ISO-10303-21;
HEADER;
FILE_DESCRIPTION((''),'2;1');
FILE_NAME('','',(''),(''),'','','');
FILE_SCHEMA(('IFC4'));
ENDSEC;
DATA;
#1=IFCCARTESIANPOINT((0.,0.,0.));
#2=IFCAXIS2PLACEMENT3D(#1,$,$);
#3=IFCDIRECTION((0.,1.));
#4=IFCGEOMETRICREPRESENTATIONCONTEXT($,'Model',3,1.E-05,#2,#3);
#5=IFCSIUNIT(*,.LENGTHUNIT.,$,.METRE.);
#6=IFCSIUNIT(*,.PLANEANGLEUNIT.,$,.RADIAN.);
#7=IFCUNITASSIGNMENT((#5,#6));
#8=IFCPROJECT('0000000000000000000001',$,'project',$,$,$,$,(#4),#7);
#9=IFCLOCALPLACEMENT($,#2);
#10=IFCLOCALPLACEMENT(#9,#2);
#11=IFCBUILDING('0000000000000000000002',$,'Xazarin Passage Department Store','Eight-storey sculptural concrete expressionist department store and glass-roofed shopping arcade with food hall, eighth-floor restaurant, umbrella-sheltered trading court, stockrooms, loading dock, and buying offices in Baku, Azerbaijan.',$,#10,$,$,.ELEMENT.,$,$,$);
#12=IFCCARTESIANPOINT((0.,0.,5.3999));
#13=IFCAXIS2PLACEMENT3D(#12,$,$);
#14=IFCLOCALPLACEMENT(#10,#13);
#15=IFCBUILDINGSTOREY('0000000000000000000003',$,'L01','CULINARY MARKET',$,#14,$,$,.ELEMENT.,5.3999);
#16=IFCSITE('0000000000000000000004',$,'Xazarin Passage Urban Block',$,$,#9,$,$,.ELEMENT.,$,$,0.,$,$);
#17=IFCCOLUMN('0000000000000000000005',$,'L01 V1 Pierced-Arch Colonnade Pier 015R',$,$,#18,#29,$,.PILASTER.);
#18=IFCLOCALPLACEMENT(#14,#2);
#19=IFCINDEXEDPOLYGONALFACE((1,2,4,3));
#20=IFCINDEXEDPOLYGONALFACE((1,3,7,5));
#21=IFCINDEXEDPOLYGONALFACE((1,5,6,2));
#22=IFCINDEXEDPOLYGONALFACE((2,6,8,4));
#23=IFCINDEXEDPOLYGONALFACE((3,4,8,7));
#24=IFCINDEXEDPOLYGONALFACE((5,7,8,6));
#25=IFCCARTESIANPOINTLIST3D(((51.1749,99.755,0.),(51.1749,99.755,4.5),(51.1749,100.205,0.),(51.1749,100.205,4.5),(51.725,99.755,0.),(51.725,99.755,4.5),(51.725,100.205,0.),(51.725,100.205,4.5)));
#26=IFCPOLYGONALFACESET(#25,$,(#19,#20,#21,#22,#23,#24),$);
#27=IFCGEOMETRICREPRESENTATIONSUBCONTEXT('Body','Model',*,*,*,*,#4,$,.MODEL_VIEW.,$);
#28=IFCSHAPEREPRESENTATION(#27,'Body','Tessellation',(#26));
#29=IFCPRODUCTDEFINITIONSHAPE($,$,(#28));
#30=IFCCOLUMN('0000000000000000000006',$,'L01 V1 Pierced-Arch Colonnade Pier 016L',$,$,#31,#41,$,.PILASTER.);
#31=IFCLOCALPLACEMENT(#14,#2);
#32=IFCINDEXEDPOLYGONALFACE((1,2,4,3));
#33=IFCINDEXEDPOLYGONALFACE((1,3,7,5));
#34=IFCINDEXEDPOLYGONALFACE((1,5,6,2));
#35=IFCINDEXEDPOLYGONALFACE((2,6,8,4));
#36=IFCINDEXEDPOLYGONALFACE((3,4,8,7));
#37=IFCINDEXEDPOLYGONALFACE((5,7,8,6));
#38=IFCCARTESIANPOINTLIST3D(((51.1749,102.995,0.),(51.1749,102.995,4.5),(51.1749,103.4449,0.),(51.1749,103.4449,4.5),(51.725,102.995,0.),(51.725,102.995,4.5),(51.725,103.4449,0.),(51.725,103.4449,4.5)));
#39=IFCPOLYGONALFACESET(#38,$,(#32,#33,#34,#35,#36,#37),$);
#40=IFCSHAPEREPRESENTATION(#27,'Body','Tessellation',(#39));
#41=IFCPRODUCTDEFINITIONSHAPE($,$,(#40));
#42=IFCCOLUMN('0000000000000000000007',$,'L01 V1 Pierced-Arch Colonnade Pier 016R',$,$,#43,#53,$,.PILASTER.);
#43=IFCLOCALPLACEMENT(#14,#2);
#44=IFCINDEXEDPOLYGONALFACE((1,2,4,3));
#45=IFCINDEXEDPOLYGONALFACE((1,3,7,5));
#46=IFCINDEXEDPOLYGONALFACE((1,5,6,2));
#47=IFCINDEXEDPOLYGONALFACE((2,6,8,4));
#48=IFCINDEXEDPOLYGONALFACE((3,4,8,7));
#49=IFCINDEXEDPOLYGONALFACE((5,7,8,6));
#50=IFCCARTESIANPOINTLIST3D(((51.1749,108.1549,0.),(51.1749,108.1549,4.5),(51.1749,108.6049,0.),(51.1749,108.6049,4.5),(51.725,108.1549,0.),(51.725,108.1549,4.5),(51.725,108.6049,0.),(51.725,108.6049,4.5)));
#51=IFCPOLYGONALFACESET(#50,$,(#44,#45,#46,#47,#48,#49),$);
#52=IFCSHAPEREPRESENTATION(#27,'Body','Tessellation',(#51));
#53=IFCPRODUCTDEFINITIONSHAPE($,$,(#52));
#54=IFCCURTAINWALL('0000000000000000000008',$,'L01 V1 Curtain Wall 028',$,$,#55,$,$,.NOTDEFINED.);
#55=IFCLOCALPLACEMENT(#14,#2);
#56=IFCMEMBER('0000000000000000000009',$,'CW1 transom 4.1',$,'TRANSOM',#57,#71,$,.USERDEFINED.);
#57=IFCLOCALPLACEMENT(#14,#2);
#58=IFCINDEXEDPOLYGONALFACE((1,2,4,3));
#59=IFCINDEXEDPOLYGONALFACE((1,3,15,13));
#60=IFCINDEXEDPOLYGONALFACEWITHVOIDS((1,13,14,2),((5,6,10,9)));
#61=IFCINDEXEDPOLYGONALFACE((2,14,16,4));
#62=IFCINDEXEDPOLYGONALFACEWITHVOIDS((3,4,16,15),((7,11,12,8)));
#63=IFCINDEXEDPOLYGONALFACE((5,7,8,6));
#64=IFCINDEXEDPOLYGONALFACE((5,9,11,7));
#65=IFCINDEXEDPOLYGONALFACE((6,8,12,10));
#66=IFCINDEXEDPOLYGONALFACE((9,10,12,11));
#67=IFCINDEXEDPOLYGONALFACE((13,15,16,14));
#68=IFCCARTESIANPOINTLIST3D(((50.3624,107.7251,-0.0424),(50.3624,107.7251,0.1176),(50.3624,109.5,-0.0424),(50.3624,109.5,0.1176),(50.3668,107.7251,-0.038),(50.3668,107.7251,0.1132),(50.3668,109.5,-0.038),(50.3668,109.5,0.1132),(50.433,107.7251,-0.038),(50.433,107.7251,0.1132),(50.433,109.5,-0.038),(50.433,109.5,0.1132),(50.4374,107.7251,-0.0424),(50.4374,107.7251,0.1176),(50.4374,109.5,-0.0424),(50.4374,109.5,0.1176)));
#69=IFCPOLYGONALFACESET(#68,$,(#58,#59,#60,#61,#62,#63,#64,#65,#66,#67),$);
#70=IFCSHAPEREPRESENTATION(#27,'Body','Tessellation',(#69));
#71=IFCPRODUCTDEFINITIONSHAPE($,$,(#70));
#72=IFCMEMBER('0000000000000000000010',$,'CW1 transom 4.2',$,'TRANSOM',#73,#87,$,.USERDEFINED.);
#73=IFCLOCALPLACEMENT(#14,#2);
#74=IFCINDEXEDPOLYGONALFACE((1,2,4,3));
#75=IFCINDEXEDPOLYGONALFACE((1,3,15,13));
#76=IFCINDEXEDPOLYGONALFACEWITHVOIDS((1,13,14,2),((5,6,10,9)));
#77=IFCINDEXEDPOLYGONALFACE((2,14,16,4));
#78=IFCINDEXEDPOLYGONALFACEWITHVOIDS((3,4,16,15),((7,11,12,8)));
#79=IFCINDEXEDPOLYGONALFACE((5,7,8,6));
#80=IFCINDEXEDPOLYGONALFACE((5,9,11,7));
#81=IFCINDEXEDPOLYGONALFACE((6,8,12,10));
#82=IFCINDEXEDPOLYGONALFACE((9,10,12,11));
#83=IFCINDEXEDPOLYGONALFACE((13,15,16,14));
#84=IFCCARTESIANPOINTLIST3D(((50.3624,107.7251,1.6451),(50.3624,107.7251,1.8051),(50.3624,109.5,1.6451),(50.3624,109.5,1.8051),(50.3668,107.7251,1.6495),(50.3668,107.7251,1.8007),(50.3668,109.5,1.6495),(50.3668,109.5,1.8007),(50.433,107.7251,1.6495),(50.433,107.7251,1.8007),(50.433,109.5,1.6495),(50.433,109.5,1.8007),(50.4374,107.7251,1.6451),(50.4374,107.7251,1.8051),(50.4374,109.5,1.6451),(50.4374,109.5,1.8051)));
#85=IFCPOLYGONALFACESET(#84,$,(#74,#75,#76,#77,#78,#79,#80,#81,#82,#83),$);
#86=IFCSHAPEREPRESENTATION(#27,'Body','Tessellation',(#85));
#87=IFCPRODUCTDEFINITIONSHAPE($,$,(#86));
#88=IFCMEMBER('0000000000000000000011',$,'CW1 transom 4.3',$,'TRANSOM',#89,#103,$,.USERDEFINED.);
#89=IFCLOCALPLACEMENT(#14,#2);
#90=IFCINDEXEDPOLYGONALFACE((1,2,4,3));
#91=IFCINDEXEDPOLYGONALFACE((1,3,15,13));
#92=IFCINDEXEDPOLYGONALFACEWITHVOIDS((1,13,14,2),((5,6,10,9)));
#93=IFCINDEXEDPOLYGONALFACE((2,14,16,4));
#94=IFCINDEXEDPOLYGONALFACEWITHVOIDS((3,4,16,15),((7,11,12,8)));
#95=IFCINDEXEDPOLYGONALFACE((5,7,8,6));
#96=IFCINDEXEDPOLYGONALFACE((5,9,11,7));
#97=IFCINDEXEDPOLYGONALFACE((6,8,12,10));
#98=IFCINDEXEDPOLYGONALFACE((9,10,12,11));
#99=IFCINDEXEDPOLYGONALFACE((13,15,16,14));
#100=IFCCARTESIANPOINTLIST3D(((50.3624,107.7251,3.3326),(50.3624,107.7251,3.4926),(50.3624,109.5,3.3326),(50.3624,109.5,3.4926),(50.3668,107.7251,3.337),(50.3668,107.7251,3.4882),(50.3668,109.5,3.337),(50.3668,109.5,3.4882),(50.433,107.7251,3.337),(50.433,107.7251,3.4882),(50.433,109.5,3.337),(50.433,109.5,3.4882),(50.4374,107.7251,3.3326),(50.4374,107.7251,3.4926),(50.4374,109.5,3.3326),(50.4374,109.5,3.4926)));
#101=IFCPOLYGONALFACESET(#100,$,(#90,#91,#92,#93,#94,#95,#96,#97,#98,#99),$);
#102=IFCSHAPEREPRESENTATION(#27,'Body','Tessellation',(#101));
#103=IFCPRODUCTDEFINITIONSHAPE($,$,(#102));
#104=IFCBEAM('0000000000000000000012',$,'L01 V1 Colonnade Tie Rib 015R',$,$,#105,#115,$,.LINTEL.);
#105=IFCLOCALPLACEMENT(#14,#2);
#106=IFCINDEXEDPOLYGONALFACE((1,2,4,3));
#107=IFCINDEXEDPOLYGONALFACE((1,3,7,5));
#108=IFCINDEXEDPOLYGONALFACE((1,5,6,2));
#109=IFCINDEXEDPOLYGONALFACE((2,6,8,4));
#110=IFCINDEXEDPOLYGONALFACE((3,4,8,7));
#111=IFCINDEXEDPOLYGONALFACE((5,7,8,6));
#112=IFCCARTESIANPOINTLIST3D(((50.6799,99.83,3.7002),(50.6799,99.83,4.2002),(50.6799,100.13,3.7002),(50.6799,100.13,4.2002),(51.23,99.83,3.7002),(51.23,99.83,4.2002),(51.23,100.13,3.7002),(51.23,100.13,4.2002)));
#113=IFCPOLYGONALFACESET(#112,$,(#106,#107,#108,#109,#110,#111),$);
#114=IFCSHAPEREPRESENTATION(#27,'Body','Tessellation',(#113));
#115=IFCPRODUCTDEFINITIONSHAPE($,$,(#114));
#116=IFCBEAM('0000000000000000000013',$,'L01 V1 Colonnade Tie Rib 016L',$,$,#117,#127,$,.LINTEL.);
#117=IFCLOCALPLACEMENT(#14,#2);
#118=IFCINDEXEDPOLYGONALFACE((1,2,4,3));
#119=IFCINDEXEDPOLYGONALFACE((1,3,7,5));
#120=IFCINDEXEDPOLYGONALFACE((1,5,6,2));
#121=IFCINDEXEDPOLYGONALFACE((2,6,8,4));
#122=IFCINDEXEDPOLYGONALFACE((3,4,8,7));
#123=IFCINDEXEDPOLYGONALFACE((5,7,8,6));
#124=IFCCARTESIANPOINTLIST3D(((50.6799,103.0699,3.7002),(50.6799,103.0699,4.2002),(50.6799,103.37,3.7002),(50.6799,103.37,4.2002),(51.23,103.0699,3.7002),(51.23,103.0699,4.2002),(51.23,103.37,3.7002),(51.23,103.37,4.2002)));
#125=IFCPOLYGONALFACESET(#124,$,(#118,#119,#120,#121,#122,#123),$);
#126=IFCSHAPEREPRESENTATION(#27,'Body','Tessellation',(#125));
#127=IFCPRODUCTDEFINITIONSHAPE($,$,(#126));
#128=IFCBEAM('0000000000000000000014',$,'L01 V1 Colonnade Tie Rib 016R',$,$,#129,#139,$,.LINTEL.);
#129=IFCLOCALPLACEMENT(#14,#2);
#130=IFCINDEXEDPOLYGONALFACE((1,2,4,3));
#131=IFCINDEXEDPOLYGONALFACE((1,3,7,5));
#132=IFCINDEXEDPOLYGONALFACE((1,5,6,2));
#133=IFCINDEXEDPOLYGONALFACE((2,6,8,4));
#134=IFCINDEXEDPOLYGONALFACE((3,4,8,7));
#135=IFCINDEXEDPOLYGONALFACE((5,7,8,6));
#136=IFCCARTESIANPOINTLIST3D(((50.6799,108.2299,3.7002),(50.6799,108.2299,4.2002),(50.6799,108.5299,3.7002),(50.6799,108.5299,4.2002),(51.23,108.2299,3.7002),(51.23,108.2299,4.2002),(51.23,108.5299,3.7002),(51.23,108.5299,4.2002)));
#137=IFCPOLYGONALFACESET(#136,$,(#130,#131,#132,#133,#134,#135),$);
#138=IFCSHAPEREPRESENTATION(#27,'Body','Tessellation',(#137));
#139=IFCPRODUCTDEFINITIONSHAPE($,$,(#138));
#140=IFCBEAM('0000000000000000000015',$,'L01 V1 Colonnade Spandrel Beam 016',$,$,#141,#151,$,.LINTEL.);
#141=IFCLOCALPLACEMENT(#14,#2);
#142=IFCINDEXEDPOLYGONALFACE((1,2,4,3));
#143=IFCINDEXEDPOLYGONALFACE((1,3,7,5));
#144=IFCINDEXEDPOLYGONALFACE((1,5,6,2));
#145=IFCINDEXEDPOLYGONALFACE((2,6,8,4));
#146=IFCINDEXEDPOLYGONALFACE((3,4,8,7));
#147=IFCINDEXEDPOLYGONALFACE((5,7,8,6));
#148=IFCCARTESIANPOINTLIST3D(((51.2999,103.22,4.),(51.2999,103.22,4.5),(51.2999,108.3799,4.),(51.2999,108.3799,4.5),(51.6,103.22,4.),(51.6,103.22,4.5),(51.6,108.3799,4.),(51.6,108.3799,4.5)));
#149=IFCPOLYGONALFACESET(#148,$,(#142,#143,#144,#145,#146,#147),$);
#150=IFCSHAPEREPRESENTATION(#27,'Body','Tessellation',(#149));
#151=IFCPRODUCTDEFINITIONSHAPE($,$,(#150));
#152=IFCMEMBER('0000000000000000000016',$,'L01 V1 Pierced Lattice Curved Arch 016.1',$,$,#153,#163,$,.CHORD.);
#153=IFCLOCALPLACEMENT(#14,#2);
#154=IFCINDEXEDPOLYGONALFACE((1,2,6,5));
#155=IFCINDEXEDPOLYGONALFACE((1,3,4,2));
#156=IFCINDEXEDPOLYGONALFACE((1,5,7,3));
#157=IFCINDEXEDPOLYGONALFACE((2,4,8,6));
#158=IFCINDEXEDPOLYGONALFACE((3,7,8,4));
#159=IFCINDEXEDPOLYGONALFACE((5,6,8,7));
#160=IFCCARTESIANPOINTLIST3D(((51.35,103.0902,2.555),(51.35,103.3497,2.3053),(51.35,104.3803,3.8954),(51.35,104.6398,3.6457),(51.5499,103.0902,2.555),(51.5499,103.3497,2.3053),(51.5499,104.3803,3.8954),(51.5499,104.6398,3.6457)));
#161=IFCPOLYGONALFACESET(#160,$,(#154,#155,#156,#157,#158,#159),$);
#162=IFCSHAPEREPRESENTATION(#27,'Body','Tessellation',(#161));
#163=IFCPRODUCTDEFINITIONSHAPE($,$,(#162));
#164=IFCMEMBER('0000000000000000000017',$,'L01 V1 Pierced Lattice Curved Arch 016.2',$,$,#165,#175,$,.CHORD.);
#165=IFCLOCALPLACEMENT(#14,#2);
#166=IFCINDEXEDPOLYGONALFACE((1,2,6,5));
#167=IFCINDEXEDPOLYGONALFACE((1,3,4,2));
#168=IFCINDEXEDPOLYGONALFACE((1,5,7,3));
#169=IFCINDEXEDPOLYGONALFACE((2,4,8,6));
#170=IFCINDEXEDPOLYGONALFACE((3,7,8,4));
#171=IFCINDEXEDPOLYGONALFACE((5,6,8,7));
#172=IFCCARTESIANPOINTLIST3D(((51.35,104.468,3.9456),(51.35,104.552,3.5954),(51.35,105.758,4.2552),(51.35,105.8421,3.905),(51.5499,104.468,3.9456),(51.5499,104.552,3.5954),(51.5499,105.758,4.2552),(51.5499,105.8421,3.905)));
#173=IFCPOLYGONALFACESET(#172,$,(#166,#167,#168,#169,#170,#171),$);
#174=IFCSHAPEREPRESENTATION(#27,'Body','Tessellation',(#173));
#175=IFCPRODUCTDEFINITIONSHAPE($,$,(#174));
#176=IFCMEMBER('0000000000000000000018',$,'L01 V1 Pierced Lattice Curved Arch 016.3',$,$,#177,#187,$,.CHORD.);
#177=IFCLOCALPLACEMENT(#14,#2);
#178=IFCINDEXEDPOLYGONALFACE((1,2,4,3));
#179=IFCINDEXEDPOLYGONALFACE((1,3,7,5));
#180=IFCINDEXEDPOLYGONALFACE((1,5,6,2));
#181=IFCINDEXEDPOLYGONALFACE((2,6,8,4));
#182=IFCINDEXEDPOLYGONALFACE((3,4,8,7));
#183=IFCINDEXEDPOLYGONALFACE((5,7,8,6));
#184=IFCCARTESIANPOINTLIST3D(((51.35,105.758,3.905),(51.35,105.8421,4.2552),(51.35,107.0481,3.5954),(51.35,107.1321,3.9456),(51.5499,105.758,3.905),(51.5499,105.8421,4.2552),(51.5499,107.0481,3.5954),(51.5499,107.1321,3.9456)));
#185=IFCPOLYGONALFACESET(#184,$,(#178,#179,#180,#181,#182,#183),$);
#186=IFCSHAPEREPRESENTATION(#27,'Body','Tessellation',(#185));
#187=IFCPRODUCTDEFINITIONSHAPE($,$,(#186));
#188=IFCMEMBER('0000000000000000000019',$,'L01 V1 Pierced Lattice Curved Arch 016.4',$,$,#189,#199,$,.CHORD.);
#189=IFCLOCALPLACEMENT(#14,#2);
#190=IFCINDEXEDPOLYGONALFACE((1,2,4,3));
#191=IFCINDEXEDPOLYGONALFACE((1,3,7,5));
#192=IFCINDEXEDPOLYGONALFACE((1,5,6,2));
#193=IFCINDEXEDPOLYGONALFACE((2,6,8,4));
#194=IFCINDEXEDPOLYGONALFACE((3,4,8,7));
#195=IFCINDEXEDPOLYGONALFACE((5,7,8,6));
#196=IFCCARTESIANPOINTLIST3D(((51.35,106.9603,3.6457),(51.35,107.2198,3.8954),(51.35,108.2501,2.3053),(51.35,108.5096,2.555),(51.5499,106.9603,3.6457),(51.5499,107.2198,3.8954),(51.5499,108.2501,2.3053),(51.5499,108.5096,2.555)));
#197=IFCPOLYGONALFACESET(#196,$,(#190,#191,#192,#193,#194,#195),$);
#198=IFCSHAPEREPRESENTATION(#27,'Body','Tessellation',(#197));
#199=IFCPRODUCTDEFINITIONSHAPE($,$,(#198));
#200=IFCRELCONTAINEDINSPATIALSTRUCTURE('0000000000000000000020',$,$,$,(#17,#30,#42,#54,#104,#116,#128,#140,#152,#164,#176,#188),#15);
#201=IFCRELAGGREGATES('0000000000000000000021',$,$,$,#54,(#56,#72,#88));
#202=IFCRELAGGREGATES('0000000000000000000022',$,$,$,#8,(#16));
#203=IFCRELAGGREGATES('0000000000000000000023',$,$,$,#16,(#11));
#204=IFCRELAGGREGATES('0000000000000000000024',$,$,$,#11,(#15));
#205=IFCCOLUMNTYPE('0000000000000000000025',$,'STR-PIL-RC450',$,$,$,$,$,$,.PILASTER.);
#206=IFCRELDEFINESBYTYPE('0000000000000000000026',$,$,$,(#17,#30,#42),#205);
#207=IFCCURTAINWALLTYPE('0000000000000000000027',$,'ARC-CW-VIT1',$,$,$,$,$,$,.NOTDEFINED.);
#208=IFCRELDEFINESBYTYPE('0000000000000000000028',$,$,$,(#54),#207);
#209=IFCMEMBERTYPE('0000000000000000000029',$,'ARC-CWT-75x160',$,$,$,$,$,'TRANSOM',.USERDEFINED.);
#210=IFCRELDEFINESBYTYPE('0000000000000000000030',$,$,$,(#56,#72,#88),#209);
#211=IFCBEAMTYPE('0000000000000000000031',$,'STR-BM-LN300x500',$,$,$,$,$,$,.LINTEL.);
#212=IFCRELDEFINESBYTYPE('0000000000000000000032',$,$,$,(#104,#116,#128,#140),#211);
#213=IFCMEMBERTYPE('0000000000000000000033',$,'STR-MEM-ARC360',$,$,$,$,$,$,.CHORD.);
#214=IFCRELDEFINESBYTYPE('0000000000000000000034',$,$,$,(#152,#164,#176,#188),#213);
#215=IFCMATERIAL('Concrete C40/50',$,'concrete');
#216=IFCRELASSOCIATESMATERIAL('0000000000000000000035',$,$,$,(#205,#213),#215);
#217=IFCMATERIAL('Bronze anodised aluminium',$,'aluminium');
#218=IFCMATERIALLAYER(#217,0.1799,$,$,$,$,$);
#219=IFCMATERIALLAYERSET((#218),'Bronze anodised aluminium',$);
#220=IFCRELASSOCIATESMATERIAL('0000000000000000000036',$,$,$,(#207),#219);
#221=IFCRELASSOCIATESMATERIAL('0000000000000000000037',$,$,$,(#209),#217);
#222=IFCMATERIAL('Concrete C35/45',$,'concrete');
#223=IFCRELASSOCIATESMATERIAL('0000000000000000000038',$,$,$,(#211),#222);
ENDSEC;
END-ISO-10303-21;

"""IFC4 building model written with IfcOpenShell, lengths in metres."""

from ifc_helpers import new_model, si_unit, direction, frame, origin, origin_2d, place, context, subcontext, project, spatial, rectangle, hollow_rectangle, extrude, material, layer, layer_set, material_profile, profile_set, type_object, element, aggregate, save


model = new_model("IFC4")

# Units and contexts
model_context = context("Model", 3, precision=1e-05, world=origin(), true_north=direction((0.0, 1.0)))
body_context = subcontext(model_context, "Body", "Model", "MODEL_VIEW")
ifc_project = project(units=[si_unit("LENGTHUNIT", "METRE"), si_unit("PLANEANGLEUNIT", "RADIAN")], contexts=[model_context])

# Site, building, storey
site_placement = place(None, origin())
site = spatial("IfcSite", under=ifc_project, at=site_placement, Name="Xazarin Passage Urban Block", CompositionType="ELEMENT", RefElevation=0.0)
building_placement = place(site_placement, origin())
building = spatial("IfcBuilding", under=site, at=building_placement, Name="Xazarin Passage Department Store", Description="Eight-storey sculptural concrete expressionist department store and glass-roofed shopping arcade with food hall, eighth-floor restaurant, umbrella-sheltered trading court, stockrooms, loading dock, and buying offices in Baku, Azerbaijan.", CompositionType="ELEMENT")
storey_placement = place(building_placement, frame((0.0, 0.0, 5.3999)))
storey = spatial("IfcBuildingStorey", under=building, at=storey_placement, Name="L01", Description="CULINARY MARKET", CompositionType="ELEMENT", Elevation=5.3999)

# Columns
ifc_material_1 = material(Name="Concrete C40/50", Category="concrete")
ifc_material_profile_1 = material_profile(ifc_material_1, rectangle(XDim=0.45, YDim=0.55, at=origin_2d()), Name="RC 450x550")
ifc_profile_set_1 = profile_set([ifc_material_profile_1], Name="Concrete C40/50")
column_type = type_object("IfcColumnType", Name="STR-PIL-RC450", PredefinedType="PILASTER", material=ifc_profile_set_1)
for number, where, z_axis, x_axis, name in (
    (1, (51.45, 99.98, 0.0), (0.0, 0.0, 1.0), (0.0, 1.0, 0.0), "L01 V1 Pierced-Arch Colonnade Pier 015R"),
    (2, (51.45, 103.22, 0.0), (0.0, 0.0, 1.0), (0.0, 1.0, 0.0), "L01 V1 Pierced-Arch Colonnade Pier 016L"),
    (3, (51.45, 108.3799, 0.0), (0.0, 0.0, 1.0), (0.0, 1.0, 0.0), "L01 V1 Pierced-Arch Colonnade Pier 016R"),
):
    element("IfcColumn", number, at=place(storey_placement, frame(where, z_axis=z_axis, x_axis=x_axis)), inside=storey, type_object=column_type, Name=name, PredefinedType="PILASTER", context=body_context, shape_type="SweptSolid", body=[
        extrude(rectangle(XDim=0.45, YDim=0.55, at=origin_2d()), origin(), (0.0, 0.0, 1.0), 4.5),
    ])

# Curtain wall, members
ifc_material_2 = material(Name="Bronze anodised aluminium", Category="aluminium")
ifc_layer_1 = layer(ifc_material_2, 0.1799)
ifc_layer_set_1 = layer_set([ifc_layer_1], Name="Bronze anodised aluminium")
curtain_wall_type = type_object("IfcCurtainWallType", Name="ARC-CW-VIT1", PredefinedType="NOTDEFINED", material=ifc_layer_set_1)
curtain_wall_placement = place(storey_placement, origin())
curtain_wall = element("IfcCurtainWall", 4, at=curtain_wall_placement, inside=storey, type_object=curtain_wall_type, Name="L01 V1 Curtain Wall 028", PredefinedType="NOTDEFINED")
ifc_material_profile_2 = material_profile(ifc_material_2, hollow_rectangle(XDim=0.075, YDim=0.1599, WallThickness=0.0044, at=origin_2d()), Name="ALU 75x160")
ifc_profile_set_2 = profile_set([ifc_material_profile_2], Name="Bronze anodised aluminium")
member_type_1 = type_object("IfcMemberType", Name="ARC-CWT-75x160", ElementType="TRANSOM", PredefinedType="USERDEFINED", material=ifc_profile_set_2)
member_1_placement = place(storey_placement, frame((50.3999, 107.7251, 0.0376), z_axis=(0.0, 1.0, 0.0), x_axis=(-1.0, 0.0, 0.0)))
member_1 = element("IfcMember", 5, at=member_1_placement, type_object=member_type_1, Name="CW1 transom 4.1", ObjectType="TRANSOM", PredefinedType="USERDEFINED", context=body_context, shape_type="SweptSolid", body=[
    extrude(hollow_rectangle(XDim=0.075, YDim=0.1599, WallThickness=0.0044, at=origin_2d()), origin(), (0.0, 0.0, 1.0), 1.7749),
])
member_2_placement = place(storey_placement, frame((50.3999, 107.7251, 1.7251), z_axis=(0.0, 1.0, 0.0), x_axis=(-1.0, 0.0, 0.0)))
member_2 = element("IfcMember", 6, at=member_2_placement, type_object=member_type_1, Name="CW1 transom 4.2", ObjectType="TRANSOM", PredefinedType="USERDEFINED", context=body_context, shape_type="SweptSolid", body=[
    extrude(hollow_rectangle(XDim=0.075, YDim=0.1599, WallThickness=0.0044, at=origin_2d()), origin(), (0.0, 0.0, 1.0), 1.7749),
])
member_3_placement = place(storey_placement, frame((50.3999, 107.7251, 3.4126), z_axis=(0.0, 1.0, 0.0), x_axis=(-1.0, 0.0, 0.0)))
member_3 = element("IfcMember", 7, at=member_3_placement, type_object=member_type_1, Name="CW1 transom 4.3", ObjectType="TRANSOM", PredefinedType="USERDEFINED", context=body_context, shape_type="SweptSolid", body=[
    extrude(hollow_rectangle(XDim=0.075, YDim=0.1599, WallThickness=0.0044, at=origin_2d()), origin(), (0.0, 0.0, 1.0), 1.7749),
])

# Beams
ifc_material_3 = material(Name="Concrete C35/45", Category="concrete")
ifc_material_profile_3 = material_profile(ifc_material_3, rectangle(XDim=0.3, YDim=0.5, at=origin_2d()), Name="RC 300x500")
ifc_profile_set_3 = profile_set([ifc_material_profile_3], Name="Concrete C35/45")
beam_type = type_object("IfcBeamType", Name="STR-BM-LN300x500", PredefinedType="LINTEL", material=ifc_profile_set_3)
for number, where, z_axis, x_axis, name in (
    (8, (50.6799, 99.98, 3.9502), (1.0, 0.0, 0.0), (0.0, 1.0, 0.0), "L01 V1 Colonnade Tie Rib 015R"),
    (9, (50.6799, 103.22, 3.9502), (1.0, 0.0, 0.0), (0.0, 1.0, 0.0), "L01 V1 Colonnade Tie Rib 016L"),
    (10, (50.6799, 108.3799, 3.9502), (1.0, 0.0, 0.0), (0.0, 1.0, 0.0), "L01 V1 Colonnade Tie Rib 016R"),
):
    element("IfcBeam", number, at=place(storey_placement, frame(where, z_axis=z_axis, x_axis=x_axis)), inside=storey, type_object=beam_type, Name=name, PredefinedType="LINTEL", context=body_context, shape_type="SweptSolid", body=[
        extrude(rectangle(XDim=0.3, YDim=0.5, at=origin_2d()), origin(), (0.0, 0.0, 1.0), 0.55),
    ])
beam_placement = place(storey_placement, frame((51.45, 103.22, 4.25), z_axis=(0.0, 1.0, 0.0), x_axis=(-1.0, 0.0, 0.0)))
element("IfcBeam", 11, at=beam_placement, inside=storey, type_object=beam_type, Name="L01 V1 Colonnade Spandrel Beam 016", PredefinedType="LINTEL", context=body_context, shape_type="SweptSolid", body=[
    extrude(rectangle(XDim=0.3, YDim=0.5, at=origin_2d()), origin(), (0.0, 0.0, 1.0), 5.1599),
])

# Members
ifc_material_profile_4 = material_profile(ifc_material_1, rectangle(XDim=0.2, YDim=0.3601, at=origin_2d()), Name="RC 200x360")
ifc_profile_set_4 = profile_set([ifc_material_profile_4], Name="Concrete C40/50")
member_type_2 = type_object("IfcMemberType", Name="STR-MEM-ARC360", PredefinedType="CHORD", material=ifc_profile_set_4)
member_4_placement = place(storey_placement, frame((51.45, 103.22, 2.4302), z_axis=(0.0, 0.69346, 0.720495), x_axis=(-1.0, 0.0, 0.0)))
element("IfcMember", 12, at=member_4_placement, inside=storey, type_object=member_type_2, Name="L01 V1 Pierced Lattice Curved Arch 016.1", PredefinedType="CHORD", context=body_context, shape_type="SweptSolid", body=[
    extrude(rectangle(XDim=0.2, YDim=0.3601, at=origin_2d()), origin(), (0.0, 0.0, 1.0), 1.8604),
])
for number, where, z_axis, x_axis, name in (
    (13, (51.45, 104.51, 3.7705), (0.0, 0.972394, 0.233345), (-1.0, 0.0, 0.0), "L01 V1 Pierced Lattice Curved Arch 016.2"),
    (14, (51.45, 105.8, 4.0801), (0.0, 0.972394, -0.233345), (-1.0, 0.0, 0.0), "L01 V1 Pierced Lattice Curved Arch 016.3"),
):
    element("IfcMember", number, at=place(storey_placement, frame(where, z_axis=z_axis, x_axis=x_axis)), inside=storey, type_object=member_type_2, Name=name, PredefinedType="CHORD", context=body_context, shape_type="SweptSolid", body=[
        extrude(rectangle(XDim=0.2, YDim=0.3601, at=origin_2d()), origin(), (0.0, 0.0, 1.0), 1.3267),
    ])
member_5_placement = place(storey_placement, frame((51.45, 107.0901, 3.7705), z_axis=(0.0, 0.693392, -0.720561), x_axis=(-1.0, 0.0, 0.0)))
element("IfcMember", 15, at=member_5_placement, inside=storey, type_object=member_type_2, Name="L01 V1 Pierced Lattice Curved Arch 016.4", PredefinedType="CHORD", context=body_context, shape_type="SweptSolid", body=[
    extrude(rectangle(XDim=0.2, YDim=0.3601, at=origin_2d()), origin(), (0.0, 0.0, 1.0), 1.8601),
])

aggregate(curtain_wall, [member_1, member_2, member_3])

save(model, "model.ifc")
